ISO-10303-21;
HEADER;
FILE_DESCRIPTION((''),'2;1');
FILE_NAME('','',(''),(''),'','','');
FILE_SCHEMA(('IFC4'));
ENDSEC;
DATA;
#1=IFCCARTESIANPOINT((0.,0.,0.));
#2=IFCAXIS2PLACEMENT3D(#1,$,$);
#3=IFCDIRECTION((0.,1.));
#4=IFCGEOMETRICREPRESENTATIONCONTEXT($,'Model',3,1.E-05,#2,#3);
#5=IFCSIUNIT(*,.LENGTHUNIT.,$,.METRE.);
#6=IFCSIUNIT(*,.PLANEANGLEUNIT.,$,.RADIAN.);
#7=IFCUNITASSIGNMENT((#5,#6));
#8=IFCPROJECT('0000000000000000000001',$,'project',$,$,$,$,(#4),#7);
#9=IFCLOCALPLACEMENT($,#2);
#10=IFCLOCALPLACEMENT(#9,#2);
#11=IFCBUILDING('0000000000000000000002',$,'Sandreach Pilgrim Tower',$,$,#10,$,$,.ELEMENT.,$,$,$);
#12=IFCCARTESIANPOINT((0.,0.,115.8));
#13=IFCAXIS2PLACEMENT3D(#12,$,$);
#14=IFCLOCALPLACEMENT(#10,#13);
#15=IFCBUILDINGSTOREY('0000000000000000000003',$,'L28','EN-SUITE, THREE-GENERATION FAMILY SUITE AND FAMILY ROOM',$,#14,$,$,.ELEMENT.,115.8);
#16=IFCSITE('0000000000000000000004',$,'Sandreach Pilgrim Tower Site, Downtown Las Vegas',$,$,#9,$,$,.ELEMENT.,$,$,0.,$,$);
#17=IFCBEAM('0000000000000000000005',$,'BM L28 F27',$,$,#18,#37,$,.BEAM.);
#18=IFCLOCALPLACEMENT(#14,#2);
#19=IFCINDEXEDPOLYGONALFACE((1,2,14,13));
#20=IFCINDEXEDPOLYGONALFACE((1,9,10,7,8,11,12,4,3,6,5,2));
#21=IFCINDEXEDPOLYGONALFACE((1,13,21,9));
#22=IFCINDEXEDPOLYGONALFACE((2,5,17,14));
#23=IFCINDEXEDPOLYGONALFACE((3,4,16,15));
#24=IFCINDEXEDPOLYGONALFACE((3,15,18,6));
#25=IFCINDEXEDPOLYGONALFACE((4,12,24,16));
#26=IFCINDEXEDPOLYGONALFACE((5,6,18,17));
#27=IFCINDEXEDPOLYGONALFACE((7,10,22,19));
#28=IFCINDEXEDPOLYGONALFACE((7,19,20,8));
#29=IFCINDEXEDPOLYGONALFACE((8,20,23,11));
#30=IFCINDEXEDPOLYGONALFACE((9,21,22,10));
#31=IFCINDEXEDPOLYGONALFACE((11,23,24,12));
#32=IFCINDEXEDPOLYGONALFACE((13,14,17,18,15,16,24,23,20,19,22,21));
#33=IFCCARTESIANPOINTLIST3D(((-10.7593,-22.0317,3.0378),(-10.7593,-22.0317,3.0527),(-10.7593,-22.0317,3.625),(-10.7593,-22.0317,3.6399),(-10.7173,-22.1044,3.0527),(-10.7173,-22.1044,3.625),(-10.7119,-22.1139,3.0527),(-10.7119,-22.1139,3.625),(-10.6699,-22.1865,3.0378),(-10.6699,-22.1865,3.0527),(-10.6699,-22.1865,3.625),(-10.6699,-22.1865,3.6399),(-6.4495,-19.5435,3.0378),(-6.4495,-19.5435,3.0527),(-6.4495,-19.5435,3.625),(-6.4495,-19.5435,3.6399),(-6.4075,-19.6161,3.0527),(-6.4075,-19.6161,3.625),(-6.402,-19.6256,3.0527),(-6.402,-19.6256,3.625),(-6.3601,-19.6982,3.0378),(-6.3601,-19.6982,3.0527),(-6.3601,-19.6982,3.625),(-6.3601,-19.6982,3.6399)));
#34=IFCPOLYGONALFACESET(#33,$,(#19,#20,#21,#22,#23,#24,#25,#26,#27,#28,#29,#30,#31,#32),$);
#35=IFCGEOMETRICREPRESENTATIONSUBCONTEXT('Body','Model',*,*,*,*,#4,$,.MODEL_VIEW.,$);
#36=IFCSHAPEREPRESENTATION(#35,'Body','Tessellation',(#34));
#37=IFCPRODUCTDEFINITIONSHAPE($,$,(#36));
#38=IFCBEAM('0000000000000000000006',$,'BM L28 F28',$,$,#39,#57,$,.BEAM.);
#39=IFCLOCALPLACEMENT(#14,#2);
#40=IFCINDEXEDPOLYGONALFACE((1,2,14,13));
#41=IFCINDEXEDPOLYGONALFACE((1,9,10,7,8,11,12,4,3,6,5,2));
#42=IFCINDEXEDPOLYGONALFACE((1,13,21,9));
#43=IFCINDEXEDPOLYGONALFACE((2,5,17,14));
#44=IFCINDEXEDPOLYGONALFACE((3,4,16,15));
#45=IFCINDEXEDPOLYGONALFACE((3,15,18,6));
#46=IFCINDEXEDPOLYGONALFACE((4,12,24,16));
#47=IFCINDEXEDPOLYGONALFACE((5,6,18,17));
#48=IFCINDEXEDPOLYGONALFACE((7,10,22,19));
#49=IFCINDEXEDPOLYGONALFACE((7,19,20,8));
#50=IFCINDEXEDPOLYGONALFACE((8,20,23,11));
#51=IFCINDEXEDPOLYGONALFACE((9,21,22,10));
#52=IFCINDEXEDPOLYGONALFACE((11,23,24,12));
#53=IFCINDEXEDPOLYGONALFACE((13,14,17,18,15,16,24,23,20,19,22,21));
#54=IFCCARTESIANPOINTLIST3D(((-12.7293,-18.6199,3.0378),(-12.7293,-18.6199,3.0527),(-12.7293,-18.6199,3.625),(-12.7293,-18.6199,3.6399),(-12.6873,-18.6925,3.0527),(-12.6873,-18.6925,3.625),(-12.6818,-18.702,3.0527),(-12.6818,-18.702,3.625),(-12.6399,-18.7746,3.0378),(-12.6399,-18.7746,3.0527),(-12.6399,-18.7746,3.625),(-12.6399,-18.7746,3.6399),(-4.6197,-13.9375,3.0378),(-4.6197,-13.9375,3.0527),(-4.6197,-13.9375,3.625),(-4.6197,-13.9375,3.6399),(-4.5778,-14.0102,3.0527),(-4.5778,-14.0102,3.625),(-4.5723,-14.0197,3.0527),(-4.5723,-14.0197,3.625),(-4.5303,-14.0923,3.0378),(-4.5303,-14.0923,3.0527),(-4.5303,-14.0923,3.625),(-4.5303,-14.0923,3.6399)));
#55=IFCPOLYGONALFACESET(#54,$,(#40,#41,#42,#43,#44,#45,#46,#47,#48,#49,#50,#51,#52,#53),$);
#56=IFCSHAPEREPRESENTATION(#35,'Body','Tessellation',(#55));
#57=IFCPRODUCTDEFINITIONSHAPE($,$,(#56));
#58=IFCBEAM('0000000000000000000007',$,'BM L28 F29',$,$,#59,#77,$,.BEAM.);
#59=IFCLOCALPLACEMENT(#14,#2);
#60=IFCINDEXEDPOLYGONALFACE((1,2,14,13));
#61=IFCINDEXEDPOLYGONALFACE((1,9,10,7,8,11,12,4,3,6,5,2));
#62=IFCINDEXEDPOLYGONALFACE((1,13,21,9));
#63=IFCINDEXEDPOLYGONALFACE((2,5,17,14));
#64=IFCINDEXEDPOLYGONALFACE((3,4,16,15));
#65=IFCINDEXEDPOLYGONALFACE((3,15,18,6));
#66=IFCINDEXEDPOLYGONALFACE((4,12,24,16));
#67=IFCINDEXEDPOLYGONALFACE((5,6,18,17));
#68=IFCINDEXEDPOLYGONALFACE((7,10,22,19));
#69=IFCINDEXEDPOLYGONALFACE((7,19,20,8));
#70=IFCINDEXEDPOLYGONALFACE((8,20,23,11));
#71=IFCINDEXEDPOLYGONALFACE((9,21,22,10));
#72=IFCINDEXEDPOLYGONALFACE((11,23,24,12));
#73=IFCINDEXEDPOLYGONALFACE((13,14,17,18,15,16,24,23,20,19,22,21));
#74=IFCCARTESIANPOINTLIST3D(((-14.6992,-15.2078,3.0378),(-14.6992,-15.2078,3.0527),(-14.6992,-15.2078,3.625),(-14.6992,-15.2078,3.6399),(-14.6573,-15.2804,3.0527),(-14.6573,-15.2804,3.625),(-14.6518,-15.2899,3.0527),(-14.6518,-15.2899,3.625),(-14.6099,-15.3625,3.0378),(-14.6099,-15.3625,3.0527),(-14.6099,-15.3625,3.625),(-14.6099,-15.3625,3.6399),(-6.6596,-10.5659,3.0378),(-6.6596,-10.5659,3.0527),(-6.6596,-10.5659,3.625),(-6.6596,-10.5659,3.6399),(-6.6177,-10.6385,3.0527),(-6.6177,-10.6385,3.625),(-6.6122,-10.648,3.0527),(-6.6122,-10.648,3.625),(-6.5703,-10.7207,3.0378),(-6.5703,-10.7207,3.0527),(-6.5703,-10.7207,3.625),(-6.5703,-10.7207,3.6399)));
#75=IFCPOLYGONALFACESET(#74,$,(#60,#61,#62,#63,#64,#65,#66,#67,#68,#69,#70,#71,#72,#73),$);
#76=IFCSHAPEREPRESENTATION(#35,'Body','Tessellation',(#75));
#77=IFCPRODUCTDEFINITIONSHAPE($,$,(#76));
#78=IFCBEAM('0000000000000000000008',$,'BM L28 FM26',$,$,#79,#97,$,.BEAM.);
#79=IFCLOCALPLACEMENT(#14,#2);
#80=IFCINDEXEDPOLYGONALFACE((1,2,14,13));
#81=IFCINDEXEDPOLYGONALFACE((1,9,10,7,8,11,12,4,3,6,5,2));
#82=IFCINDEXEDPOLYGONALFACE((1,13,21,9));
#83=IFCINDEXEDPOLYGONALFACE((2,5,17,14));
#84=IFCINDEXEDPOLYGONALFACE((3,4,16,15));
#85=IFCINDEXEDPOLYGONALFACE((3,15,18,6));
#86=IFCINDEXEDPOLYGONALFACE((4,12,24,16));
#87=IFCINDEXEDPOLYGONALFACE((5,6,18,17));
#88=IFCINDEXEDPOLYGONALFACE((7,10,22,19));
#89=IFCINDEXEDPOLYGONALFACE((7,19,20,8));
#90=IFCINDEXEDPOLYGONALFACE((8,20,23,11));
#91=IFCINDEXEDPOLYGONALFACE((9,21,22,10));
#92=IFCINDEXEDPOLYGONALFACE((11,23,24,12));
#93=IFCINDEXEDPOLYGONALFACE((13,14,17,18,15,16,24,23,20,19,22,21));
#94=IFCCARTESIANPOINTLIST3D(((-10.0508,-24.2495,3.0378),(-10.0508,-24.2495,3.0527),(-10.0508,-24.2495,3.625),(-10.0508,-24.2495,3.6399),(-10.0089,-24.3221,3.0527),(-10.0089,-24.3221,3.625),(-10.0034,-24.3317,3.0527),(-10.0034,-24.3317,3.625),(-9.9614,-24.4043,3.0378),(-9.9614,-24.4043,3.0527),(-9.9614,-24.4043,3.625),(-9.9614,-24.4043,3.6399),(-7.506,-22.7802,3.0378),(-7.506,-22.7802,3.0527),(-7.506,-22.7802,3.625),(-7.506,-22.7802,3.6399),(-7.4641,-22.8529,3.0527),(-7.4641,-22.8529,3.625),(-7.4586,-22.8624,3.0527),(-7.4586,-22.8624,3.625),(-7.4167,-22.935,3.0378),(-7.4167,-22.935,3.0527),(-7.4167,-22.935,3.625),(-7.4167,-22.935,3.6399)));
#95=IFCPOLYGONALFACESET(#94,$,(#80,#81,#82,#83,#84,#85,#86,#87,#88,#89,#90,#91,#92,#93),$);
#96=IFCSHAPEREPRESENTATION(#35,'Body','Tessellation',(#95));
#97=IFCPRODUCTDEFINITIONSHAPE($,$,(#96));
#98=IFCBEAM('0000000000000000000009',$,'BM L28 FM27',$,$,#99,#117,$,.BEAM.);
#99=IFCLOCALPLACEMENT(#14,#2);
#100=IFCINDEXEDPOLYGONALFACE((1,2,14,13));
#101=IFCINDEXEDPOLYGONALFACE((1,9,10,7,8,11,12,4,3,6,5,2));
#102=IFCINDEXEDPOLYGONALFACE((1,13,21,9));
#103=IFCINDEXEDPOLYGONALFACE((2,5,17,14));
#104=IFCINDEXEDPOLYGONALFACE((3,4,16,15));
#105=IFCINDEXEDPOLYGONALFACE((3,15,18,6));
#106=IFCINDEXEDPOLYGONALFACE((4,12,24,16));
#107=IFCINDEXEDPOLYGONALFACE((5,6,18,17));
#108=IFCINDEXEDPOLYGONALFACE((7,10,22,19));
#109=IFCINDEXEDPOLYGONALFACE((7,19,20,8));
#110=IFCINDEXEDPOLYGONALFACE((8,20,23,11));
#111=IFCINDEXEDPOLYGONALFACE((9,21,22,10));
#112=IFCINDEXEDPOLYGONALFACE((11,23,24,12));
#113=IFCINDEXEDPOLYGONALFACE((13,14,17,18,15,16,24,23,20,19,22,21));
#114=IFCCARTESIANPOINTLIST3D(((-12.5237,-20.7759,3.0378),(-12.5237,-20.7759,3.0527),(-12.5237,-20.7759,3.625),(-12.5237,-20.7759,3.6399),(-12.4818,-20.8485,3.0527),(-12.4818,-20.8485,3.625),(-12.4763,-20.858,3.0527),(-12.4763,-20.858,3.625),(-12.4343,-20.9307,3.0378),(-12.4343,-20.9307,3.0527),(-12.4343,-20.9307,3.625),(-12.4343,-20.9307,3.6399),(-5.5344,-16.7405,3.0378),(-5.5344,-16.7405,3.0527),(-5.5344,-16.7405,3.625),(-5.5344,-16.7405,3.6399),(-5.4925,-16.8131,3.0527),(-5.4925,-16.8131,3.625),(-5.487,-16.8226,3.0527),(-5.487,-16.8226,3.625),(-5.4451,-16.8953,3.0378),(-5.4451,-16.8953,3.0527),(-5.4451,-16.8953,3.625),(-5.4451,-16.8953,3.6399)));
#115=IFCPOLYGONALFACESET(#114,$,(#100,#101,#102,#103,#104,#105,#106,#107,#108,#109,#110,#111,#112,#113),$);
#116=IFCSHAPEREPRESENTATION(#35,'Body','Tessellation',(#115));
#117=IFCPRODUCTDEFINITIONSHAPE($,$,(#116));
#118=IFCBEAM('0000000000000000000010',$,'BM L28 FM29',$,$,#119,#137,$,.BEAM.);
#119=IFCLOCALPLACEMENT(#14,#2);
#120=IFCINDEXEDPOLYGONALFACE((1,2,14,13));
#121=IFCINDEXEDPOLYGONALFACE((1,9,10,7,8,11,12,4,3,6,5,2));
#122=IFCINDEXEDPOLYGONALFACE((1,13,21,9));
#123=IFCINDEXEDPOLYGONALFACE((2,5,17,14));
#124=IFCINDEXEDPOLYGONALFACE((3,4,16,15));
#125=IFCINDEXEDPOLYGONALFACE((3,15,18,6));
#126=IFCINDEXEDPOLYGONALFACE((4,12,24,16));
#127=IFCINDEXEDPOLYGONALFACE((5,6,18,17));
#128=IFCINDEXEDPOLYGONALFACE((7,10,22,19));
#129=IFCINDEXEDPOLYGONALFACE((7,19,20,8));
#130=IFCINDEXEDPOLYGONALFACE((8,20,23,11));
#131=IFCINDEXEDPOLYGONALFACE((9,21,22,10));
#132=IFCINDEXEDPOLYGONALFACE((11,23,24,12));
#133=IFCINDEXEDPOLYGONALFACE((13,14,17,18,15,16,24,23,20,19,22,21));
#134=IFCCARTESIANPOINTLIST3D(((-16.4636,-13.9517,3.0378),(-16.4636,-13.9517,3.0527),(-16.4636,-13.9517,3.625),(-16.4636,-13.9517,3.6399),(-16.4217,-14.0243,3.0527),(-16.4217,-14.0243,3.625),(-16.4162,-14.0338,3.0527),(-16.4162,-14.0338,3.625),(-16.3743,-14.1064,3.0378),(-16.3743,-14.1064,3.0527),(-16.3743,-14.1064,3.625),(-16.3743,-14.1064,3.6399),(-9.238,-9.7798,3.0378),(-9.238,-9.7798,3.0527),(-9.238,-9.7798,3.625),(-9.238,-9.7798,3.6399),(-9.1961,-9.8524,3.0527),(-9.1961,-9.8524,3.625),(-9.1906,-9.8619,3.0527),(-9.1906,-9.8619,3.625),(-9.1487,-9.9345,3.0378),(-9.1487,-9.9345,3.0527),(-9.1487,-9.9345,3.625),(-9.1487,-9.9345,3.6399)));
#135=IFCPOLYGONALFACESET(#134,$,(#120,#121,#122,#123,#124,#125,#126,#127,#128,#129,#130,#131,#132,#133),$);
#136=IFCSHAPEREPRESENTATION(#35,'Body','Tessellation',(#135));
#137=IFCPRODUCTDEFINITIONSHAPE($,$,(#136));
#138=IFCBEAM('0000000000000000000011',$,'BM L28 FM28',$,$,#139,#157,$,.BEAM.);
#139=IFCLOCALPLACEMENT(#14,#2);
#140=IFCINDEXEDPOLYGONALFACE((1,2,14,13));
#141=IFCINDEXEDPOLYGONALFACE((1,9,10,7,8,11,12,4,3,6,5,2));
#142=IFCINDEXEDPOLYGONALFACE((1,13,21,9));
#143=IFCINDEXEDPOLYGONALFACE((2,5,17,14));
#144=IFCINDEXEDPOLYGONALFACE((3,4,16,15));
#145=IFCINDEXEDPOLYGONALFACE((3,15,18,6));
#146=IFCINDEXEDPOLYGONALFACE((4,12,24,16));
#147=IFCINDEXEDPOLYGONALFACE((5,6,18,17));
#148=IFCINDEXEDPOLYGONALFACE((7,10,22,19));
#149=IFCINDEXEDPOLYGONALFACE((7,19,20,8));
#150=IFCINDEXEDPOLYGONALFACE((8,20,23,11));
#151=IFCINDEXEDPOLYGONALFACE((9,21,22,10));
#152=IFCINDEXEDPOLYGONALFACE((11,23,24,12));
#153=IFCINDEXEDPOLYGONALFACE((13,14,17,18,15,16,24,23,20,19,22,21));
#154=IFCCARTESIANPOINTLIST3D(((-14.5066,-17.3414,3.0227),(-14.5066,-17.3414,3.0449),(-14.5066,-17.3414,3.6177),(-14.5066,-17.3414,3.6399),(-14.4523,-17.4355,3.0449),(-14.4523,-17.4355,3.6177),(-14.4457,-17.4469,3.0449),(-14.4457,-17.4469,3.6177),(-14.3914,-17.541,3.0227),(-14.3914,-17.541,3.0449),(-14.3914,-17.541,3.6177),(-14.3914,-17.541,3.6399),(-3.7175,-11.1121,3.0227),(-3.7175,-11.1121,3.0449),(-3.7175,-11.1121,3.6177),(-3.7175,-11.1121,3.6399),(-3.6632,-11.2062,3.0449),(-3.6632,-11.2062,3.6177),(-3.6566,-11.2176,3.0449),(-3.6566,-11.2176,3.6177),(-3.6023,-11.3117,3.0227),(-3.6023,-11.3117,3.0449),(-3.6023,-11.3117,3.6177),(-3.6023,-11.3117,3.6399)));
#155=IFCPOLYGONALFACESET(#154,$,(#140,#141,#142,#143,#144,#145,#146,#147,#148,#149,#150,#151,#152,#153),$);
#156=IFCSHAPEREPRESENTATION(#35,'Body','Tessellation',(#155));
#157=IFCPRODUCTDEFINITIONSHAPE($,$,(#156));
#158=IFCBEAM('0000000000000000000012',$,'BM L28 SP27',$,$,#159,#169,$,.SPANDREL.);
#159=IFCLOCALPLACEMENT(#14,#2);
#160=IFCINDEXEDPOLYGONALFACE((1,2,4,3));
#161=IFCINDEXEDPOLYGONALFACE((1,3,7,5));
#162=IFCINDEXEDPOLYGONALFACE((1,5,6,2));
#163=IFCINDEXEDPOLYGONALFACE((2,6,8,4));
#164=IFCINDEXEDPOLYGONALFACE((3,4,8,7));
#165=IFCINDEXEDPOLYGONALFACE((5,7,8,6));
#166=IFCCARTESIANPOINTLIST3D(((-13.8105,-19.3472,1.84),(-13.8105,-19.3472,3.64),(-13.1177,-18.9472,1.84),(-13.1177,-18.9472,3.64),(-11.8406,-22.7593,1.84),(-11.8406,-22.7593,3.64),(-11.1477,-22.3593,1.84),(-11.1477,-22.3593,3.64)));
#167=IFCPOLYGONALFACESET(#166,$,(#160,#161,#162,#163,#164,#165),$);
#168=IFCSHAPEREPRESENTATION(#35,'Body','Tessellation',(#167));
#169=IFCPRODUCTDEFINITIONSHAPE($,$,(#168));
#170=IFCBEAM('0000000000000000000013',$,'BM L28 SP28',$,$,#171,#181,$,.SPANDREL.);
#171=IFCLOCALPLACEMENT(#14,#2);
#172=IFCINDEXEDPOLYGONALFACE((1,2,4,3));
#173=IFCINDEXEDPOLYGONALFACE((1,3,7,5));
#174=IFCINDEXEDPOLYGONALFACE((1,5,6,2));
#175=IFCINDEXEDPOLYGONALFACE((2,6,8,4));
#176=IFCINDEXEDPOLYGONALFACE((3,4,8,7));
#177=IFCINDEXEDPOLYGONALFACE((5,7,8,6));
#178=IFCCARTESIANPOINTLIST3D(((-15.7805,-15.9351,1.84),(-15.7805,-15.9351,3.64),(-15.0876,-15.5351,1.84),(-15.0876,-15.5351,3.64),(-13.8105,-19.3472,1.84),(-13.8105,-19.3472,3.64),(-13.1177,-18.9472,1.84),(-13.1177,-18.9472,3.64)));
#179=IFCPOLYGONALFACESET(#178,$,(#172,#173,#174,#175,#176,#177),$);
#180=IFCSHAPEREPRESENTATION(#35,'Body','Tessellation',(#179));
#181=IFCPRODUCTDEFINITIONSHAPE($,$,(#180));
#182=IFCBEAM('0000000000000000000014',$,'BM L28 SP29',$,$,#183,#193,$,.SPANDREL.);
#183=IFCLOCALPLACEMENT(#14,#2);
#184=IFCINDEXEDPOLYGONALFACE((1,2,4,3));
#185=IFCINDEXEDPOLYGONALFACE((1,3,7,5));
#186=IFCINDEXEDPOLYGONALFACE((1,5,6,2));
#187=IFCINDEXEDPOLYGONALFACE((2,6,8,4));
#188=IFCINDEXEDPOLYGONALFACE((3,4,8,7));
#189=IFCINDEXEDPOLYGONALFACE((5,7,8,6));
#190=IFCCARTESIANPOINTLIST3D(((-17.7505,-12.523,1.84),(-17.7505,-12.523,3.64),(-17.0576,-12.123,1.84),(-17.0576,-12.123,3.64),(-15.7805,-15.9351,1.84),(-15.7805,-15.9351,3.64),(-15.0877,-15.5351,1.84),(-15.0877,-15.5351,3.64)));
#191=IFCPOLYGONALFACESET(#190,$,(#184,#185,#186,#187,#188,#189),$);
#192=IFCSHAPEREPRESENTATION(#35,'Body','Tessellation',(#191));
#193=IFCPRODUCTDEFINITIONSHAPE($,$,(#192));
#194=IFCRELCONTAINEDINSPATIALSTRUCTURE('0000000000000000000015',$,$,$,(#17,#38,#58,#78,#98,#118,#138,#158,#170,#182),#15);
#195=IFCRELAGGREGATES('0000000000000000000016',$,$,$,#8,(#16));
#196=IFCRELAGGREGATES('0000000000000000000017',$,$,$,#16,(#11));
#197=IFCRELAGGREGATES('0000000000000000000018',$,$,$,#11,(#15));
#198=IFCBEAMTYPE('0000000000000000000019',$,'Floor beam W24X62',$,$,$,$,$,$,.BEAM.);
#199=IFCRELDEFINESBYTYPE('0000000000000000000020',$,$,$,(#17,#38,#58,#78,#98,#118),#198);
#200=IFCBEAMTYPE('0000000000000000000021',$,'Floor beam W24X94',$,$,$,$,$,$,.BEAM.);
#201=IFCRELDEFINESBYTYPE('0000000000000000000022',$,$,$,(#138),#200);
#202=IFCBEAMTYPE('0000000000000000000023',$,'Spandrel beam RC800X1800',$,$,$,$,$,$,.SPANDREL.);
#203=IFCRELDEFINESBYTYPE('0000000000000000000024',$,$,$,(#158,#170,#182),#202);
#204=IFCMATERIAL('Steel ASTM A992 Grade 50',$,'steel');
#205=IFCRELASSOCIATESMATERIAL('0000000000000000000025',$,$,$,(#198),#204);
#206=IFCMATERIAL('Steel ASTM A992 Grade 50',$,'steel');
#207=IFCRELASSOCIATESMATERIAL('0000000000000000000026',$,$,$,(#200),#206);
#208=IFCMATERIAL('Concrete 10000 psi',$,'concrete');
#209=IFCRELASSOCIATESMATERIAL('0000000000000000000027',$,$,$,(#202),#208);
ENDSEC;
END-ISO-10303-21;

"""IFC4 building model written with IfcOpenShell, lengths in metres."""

from ifc_helpers import new_model, si_unit, direction, frame, origin, origin_2d, place, context, subcontext, project, spatial, rectangle, i_section, extrude, material, material_profile, profile_set, type_object, element, save


model = new_model("IFC4")

# Units and contexts
model_context = context("Model", 3, precision=1e-05, world=origin(), true_north=direction((0.0, 1.0)))
body_context = subcontext(model_context, "Body", "Model", "MODEL_VIEW")
ifc_project = project(units=[si_unit("LENGTHUNIT", "METRE"), si_unit("PLANEANGLEUNIT", "RADIAN")], contexts=[model_context])

# Site, building, storey
site_placement = place(None, origin())
site = spatial("IfcSite", under=ifc_project, at=site_placement, Name="Sandreach Pilgrim Tower Site, Downtown Las Vegas", CompositionType="ELEMENT", RefElevation=0.0)
building_placement = place(site_placement, origin())
building = spatial("IfcBuilding", under=site, at=building_placement, Name="Sandreach Pilgrim Tower", CompositionType="ELEMENT")
storey_placement = place(building_placement, frame((0.0, 0.0, 115.8)))
storey = spatial("IfcBuildingStorey", under=building, at=storey_placement, Name="L28", Description="EN-SUITE, THREE-GENERATION FAMILY SUITE AND FAMILY ROOM", CompositionType="ELEMENT", Elevation=115.8)

# Beams
ifc_material_1 = material(Name="Steel ASTM A992 Grade 50", Category="steel")
ifc_material_profile_1 = material_profile(ifc_material_1, i_section(OverallWidth=0.1787, OverallDepth=0.6021, WebThickness=0.011, FlangeThickness=0.0149, at=origin_2d()), Name="W24X62")
ifc_profile_set_1 = profile_set([ifc_material_profile_1], Name="Steel ASTM A992 Grade 50")
beam_type_1 = type_object("IfcBeamType", Name="Floor beam W24X62", PredefinedType="BEAM", material=ifc_profile_set_1)
beam_1_placement = place(storey_placement, frame((-10.7146, -22.1091, 3.3389), z_axis=(0.866025, 0.500001, 0.0), x_axis=(-0.500001, 0.866025, 0.0)))
element("IfcBeam", 1, at=beam_1_placement, inside=storey, type_object=beam_type_1, Name="BM L28 F27", PredefinedType="BEAM", context=body_context, shape_type="SweptSolid", body=[
    extrude(i_section(OverallWidth=0.1787, OverallDepth=0.6021, WebThickness=0.011, FlangeThickness=0.0149, at=origin_2d()), origin(), (0.0, 0.0, 1.0), 4.9766),
])
beam_2_placement = place(storey_placement, frame((-12.6846, -18.6973, 3.3389), z_axis=(0.866012, 0.500023, 0.0), x_axis=(-0.500023, 0.866012, 0.0)))
element("IfcBeam", 2, at=beam_2_placement, inside=storey, type_object=beam_type_1, Name="BM L28 F28", PredefinedType="BEAM", context=body_context, shape_type="SweptSolid", body=[
    extrude(i_section(OverallWidth=0.1787, OverallDepth=0.6021, WebThickness=0.011, FlangeThickness=0.0149, at=origin_2d()), origin(), (0.0, 0.0, 1.0), 9.3643),
])
beam_3_placement = place(storey_placement, frame((-14.6545, -15.2852, 3.3389), z_axis=(0.866016, 0.500017, 0.0), x_axis=(-0.500017, 0.866016, 0.0)))
element("IfcBeam", 3, at=beam_3_placement, inside=storey, type_object=beam_type_1, Name="BM L28 F29", PredefinedType="BEAM", context=body_context, shape_type="SweptSolid", body=[
    extrude(i_section(OverallWidth=0.1787, OverallDepth=0.6021, WebThickness=0.011, FlangeThickness=0.0149, at=origin_2d()), origin(), (0.0, 0.0, 1.0), 9.2834),
])
beam_4_placement = place(storey_placement, frame((-10.0061, -24.3269, 3.3389), z_axis=(0.866015, 0.500017, 0.0), x_axis=(-0.500017, 0.866015, 0.0)))
element("IfcBeam", 4, at=beam_4_placement, inside=storey, type_object=beam_type_1, Name="BM L28 FM26", PredefinedType="BEAM", context=body_context, shape_type="SweptSolid", body=[
    extrude(i_section(OverallWidth=0.1787, OverallDepth=0.6021, WebThickness=0.011, FlangeThickness=0.0149, at=origin_2d()), origin(), (0.0, 0.0, 1.0), 2.9385),
])
beam_5_placement = place(storey_placement, frame((-12.479, -20.8533, 3.3389), z_axis=(0.866017, 0.500014, 0.0), x_axis=(-0.500014, 0.866017, 0.0)))
element("IfcBeam", 5, at=beam_5_placement, inside=storey, type_object=beam_type_1, Name="BM L28 FM27", PredefinedType="BEAM", context=body_context, shape_type="SweptSolid", body=[
    extrude(i_section(OverallWidth=0.1787, OverallDepth=0.6021, WebThickness=0.011, FlangeThickness=0.0149, at=origin_2d()), origin(), (0.0, 0.0, 1.0), 8.0706),
])
beam_6_placement = place(storey_placement, frame((-16.4189, -14.0291, 3.3389), z_axis=(0.866016, 0.500016, 0.0), x_axis=(-0.500016, 0.866016, 0.0)))
element("IfcBeam", 6, at=beam_6_placement, inside=storey, type_object=beam_type_1, Name="BM L28 FM29", PredefinedType="BEAM", context=body_context, shape_type="SweptSolid", body=[
    extrude(i_section(OverallWidth=0.1787, OverallDepth=0.6021, WebThickness=0.011, FlangeThickness=0.0149, at=origin_2d()), origin(), (0.0, 0.0, 1.0), 8.3435),
])
ifc_material_2 = material(Name="Steel ASTM A992 Grade 50", Category="steel")
ifc_material_profile_2 = material_profile(ifc_material_2, i_section(OverallWidth=0.2305, OverallDepth=0.6172, WebThickness=0.0132, FlangeThickness=0.0222, at=origin_2d()), Name="W24X94")
ifc_profile_set_2 = profile_set([ifc_material_profile_2], Name="Steel ASTM A992 Grade 50")
beam_type_2 = type_object("IfcBeamType", Name="Floor beam W24X94", PredefinedType="BEAM", material=ifc_profile_set_2)
beam_7_placement = place(storey_placement, frame((-14.449, -17.4412, 3.3313), z_axis=(0.866019, 0.500011, 0.0), x_axis=(-0.500011, 0.866019, 0.0)))
element("IfcBeam", 7, at=beam_7_placement, inside=storey, type_object=beam_type_2, Name="BM L28 FM28", PredefinedType="BEAM", context=body_context, shape_type="SweptSolid", body=[
    extrude(i_section(OverallWidth=0.2305, OverallDepth=0.6172, WebThickness=0.0132, FlangeThickness=0.0222, at=origin_2d()), origin(), (0.0, 0.0, 1.0), 12.4583),
])
ifc_material_3 = material(Name="Concrete 10000 psi", Category="concrete")
ifc_material_profile_3 = material_profile(ifc_material_3, rectangle(XDim=0.8, YDim=1.8, at=origin_2d()), Name="RC800X1800")
ifc_profile_set_3 = profile_set([ifc_material_profile_3], Name="Concrete 10000 psi")
beam_type_3 = type_object("IfcBeamType", Name="Spandrel beam RC800X1800", PredefinedType="SPANDREL", material=ifc_profile_set_3)
for number, where, z_axis, x_axis, name in (
    (8, (-11.4941, -22.5593, 2.74), (-0.499998, 0.866027, 0.0), (-0.866027, -0.499998, 0.0), "BM L28 SP27"),
    (9, (-13.4641, -19.1472, 2.74), (-0.499998, 0.866027, 0.0), (-0.866027, -0.499998, 0.0), "BM L28 SP28"),
    (10, (-15.4341, -15.7351, 2.74), (-0.499998, 0.866027, 0.0), (-0.866027, -0.499998, 0.0), "BM L28 SP29"),
):
    element("IfcBeam", number, at=place(storey_placement, frame(where, z_axis=z_axis, x_axis=x_axis)), inside=storey, type_object=beam_type_3, Name=name, PredefinedType="SPANDREL", context=body_context, shape_type="SweptSolid", body=[
        extrude(rectangle(XDim=0.8, YDim=1.8, at=origin_2d()), origin(), (0.0, 0.0, 1.0), 3.9399),
    ])

save(model, "model.ifc")
